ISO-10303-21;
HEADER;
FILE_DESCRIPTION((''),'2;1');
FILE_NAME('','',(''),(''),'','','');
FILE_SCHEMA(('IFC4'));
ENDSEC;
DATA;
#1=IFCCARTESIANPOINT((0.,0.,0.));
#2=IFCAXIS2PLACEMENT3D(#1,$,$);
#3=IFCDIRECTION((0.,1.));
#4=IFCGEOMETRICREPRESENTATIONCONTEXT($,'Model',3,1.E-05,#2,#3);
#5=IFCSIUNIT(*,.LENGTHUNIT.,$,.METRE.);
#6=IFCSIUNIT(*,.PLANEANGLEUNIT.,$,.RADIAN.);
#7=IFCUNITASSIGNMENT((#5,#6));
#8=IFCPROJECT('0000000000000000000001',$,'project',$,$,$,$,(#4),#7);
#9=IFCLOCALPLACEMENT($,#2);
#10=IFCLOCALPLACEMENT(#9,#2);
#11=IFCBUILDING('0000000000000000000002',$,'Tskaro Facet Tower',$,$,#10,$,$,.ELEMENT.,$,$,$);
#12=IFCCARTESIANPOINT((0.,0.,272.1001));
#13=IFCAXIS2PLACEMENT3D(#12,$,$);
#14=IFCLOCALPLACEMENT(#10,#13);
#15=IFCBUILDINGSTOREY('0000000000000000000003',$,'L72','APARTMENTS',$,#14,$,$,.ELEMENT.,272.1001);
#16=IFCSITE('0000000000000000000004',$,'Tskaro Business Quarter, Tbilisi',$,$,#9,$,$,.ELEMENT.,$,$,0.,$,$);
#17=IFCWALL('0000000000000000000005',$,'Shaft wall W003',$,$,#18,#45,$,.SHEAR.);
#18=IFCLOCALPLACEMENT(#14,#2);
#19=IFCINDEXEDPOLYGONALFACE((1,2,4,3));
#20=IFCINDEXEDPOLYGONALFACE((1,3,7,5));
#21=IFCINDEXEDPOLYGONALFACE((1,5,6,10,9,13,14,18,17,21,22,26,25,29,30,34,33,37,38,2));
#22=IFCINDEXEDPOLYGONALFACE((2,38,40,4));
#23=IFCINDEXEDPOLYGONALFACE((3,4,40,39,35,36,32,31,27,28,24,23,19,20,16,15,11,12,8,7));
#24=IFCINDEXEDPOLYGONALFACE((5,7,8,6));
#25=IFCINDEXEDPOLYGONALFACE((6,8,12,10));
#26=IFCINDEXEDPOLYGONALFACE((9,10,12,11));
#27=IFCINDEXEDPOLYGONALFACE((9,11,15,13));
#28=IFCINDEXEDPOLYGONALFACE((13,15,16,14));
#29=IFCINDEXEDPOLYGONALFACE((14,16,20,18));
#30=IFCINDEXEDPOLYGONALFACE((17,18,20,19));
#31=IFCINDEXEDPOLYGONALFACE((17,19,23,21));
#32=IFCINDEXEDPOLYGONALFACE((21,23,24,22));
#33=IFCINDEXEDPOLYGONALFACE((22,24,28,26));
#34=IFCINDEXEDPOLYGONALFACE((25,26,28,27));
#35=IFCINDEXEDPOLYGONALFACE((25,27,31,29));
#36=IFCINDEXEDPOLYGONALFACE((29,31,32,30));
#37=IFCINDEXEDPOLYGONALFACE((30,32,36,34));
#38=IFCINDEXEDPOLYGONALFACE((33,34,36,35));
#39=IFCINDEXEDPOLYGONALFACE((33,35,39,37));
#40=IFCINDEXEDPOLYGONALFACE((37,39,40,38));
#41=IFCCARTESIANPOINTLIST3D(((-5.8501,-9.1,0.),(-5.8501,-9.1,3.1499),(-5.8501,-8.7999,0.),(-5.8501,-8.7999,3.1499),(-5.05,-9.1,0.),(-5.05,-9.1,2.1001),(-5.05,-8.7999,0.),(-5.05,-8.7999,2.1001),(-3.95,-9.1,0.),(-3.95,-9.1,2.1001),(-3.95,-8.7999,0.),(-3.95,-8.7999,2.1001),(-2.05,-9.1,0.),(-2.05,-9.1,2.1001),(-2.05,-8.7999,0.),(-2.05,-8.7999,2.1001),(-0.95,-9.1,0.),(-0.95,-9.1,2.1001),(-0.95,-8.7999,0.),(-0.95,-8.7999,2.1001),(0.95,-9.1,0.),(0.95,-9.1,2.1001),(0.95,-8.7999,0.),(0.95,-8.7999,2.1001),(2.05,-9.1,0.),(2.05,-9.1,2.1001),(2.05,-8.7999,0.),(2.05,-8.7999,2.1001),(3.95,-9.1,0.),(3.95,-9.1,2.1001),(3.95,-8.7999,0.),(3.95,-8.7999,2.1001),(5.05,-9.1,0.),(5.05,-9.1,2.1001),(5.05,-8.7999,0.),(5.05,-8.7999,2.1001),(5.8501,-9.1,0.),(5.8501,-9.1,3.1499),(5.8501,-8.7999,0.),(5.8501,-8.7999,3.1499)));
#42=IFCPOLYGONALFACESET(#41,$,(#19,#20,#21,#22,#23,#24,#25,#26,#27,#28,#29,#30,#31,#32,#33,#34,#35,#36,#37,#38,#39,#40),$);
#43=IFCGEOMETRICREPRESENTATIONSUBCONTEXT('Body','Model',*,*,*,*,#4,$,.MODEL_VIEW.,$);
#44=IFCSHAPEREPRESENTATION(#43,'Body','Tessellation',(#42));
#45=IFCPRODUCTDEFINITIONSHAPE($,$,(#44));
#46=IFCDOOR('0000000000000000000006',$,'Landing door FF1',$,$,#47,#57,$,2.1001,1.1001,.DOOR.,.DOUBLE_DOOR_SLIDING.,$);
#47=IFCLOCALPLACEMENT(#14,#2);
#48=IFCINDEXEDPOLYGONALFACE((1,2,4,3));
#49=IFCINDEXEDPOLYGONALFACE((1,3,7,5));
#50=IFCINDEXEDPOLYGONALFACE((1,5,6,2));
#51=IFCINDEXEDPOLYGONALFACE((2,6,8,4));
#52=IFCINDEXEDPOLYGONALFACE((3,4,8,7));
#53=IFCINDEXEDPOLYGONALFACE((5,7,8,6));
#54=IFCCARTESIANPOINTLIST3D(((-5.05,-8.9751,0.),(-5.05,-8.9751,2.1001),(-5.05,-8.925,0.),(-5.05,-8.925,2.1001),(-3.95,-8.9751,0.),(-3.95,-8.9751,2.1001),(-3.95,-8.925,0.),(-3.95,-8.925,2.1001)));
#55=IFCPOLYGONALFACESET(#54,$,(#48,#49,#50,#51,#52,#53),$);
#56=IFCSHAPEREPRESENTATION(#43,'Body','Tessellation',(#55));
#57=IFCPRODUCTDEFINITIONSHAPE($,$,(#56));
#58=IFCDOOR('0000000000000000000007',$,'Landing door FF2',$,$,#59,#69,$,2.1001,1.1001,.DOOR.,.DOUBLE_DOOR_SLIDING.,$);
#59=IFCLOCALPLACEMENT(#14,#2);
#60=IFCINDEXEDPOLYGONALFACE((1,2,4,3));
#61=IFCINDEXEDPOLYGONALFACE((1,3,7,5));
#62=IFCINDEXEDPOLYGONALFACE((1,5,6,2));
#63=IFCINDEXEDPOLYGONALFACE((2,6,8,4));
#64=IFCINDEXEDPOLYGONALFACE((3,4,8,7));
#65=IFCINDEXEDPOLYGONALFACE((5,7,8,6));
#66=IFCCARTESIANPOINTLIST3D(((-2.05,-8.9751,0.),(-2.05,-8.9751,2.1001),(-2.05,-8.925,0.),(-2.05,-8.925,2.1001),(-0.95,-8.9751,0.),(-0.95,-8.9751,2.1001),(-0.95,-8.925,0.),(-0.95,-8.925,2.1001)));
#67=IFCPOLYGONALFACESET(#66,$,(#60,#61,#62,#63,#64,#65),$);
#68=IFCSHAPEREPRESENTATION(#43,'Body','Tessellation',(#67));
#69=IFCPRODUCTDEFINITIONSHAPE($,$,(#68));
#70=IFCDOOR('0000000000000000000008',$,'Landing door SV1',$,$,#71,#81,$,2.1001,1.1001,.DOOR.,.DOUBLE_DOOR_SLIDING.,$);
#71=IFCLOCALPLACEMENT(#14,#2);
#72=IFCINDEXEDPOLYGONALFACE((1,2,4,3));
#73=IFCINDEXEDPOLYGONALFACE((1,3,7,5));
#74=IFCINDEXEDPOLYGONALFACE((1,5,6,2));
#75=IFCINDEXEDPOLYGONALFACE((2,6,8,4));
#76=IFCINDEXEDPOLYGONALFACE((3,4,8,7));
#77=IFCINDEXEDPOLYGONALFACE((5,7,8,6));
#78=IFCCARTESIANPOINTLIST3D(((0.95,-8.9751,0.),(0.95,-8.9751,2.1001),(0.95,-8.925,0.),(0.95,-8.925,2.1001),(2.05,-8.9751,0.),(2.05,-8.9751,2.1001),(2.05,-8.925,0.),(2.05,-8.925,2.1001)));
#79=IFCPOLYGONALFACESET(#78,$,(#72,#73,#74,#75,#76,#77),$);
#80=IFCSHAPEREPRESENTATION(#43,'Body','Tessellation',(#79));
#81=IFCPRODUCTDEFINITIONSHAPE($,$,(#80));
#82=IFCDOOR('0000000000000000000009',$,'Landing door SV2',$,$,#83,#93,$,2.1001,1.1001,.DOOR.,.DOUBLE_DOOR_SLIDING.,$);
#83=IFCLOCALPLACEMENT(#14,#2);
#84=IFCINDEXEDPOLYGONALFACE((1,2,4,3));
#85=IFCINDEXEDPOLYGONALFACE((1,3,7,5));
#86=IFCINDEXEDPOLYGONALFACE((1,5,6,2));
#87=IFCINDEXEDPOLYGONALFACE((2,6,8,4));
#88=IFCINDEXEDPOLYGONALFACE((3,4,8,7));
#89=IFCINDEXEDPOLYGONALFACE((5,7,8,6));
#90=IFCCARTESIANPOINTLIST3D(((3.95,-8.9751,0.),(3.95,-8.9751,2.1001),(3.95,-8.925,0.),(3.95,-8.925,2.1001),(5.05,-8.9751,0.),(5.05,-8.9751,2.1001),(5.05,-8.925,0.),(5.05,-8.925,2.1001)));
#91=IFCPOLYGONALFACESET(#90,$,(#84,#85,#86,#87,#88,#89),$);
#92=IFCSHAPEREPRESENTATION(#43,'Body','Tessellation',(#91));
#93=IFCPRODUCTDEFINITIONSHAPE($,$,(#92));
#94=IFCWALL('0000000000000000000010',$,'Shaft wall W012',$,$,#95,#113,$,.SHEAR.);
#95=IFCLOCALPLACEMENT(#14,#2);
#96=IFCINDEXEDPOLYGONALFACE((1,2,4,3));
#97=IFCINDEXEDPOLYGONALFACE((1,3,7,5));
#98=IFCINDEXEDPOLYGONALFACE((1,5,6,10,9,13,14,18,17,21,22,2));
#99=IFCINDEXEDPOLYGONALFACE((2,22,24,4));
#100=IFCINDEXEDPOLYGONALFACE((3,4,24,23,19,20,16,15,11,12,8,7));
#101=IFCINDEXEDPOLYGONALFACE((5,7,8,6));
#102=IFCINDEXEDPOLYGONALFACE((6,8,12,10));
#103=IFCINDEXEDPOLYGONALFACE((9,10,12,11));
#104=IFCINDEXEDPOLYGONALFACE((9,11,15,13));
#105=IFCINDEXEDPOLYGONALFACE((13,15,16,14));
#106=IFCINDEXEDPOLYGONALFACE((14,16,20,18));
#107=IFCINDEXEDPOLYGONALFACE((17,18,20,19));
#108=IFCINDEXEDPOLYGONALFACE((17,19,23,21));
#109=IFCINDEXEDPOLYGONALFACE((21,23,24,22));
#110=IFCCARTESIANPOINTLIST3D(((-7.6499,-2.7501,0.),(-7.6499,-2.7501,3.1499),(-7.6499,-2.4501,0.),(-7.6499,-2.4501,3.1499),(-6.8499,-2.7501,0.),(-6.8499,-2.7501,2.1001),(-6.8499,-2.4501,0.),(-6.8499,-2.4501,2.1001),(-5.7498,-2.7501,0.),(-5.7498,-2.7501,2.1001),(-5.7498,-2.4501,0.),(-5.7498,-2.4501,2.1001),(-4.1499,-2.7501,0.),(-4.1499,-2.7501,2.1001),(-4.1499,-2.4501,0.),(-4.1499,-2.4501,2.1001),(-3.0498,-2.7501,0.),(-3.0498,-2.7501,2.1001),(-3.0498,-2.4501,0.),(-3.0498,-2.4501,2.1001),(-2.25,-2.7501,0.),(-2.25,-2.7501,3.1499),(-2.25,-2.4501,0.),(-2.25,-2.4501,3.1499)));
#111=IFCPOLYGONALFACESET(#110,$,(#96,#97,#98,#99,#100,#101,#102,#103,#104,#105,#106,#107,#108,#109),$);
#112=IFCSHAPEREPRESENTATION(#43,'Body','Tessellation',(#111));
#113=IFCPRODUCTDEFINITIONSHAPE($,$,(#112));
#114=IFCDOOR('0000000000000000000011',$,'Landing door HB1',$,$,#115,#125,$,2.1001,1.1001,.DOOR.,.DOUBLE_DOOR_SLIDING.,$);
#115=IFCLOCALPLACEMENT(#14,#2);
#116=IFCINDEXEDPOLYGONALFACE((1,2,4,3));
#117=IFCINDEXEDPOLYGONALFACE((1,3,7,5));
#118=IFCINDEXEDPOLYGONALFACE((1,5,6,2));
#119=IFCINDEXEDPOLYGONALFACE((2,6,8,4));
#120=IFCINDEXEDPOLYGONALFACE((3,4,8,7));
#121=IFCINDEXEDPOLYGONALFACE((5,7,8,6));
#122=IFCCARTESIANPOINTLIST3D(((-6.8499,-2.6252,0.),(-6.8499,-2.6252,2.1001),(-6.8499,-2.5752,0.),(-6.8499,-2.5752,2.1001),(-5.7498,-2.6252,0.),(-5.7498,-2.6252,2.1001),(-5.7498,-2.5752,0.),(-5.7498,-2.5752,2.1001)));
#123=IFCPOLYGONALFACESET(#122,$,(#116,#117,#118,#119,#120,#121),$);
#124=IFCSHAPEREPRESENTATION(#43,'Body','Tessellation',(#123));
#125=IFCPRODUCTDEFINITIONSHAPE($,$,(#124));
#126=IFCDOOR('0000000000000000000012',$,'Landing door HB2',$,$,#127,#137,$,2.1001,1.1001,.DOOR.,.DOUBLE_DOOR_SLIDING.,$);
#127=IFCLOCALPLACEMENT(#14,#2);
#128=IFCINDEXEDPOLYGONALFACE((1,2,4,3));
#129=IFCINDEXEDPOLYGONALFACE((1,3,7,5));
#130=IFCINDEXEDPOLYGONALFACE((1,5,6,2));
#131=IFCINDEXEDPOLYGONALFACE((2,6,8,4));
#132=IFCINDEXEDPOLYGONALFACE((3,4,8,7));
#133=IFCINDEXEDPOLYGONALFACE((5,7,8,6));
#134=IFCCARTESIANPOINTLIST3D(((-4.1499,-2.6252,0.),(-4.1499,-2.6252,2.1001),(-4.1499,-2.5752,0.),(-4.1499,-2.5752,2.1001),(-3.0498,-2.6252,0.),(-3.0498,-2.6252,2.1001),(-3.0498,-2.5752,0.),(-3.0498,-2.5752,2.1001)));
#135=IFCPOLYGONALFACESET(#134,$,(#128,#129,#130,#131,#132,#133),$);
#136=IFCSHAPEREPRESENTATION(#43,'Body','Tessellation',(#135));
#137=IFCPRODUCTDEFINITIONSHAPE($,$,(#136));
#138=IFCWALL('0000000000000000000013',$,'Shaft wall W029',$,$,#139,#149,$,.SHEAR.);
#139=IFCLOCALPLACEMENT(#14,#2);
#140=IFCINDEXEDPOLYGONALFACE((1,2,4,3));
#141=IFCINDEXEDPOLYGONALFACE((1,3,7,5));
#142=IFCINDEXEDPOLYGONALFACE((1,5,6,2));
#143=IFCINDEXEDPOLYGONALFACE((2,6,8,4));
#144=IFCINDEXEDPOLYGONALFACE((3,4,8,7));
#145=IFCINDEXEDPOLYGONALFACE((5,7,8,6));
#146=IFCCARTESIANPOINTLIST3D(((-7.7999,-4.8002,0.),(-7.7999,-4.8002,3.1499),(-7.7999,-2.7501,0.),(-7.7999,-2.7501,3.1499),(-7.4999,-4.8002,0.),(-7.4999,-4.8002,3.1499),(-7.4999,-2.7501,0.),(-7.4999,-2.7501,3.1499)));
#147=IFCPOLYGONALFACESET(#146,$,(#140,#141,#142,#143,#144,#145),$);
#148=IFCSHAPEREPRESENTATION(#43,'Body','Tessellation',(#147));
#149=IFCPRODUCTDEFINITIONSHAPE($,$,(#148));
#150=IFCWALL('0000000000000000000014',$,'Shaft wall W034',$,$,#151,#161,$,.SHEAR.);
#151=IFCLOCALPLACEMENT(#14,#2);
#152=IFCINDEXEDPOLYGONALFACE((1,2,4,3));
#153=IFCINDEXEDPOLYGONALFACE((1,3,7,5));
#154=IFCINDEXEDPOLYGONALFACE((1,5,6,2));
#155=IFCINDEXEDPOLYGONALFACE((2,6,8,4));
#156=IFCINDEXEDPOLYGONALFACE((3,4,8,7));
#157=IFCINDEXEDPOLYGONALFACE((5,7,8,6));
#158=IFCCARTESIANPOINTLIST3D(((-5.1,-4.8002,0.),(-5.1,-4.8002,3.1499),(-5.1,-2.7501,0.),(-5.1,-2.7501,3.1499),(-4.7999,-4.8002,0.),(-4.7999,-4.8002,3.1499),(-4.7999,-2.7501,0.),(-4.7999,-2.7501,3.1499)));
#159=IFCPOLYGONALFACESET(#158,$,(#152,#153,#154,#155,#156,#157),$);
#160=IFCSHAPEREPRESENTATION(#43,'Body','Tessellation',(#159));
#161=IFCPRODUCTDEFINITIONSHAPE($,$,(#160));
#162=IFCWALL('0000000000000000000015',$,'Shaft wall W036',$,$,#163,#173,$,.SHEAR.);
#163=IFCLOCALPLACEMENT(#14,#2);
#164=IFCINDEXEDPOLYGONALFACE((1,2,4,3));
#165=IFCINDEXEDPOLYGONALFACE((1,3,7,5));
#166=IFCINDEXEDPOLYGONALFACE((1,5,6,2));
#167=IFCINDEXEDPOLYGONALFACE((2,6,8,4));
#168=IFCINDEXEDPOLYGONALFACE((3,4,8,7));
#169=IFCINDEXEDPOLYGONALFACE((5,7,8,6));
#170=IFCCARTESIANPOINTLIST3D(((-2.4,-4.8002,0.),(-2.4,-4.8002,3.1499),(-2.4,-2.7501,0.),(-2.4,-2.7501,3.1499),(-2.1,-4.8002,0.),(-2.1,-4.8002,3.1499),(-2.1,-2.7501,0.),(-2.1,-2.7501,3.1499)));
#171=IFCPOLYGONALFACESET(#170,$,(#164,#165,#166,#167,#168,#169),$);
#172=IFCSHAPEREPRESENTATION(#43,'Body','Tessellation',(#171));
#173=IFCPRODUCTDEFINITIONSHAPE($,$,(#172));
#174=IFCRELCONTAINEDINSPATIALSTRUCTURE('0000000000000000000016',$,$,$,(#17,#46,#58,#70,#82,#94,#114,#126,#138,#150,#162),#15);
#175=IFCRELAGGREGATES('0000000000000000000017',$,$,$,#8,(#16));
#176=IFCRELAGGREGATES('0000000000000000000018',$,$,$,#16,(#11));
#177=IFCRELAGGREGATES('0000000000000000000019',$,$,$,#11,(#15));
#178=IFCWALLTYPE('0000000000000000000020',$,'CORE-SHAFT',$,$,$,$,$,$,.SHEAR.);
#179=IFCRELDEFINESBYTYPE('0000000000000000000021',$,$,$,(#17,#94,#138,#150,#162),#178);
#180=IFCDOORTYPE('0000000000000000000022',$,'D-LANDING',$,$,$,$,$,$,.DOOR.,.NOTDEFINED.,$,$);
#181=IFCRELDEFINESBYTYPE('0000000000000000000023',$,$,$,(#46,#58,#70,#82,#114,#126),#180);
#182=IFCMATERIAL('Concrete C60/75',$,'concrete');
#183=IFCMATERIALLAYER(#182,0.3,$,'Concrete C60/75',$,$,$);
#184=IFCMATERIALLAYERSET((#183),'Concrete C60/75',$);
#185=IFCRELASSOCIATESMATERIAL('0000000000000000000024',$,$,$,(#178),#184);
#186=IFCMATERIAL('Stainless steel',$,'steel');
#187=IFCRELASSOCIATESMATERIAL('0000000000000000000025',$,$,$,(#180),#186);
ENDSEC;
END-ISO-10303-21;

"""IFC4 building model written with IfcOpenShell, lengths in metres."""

from ifc_helpers import new_model, si_unit, direction, frame, frame_2d, origin, place, context, subcontext, project, spatial, rectangle, extrude, material, layer, layer_set, type_object, element, fill, save


model = new_model("IFC4")

# Units and contexts
model_context = context("Model", 3, precision=1e-05, world=origin(), true_north=direction((0.0, 1.0)))
body_context = subcontext(model_context, "Body", "Model", "MODEL_VIEW")
ifc_project = project(units=[si_unit("LENGTHUNIT", "METRE"), si_unit("PLANEANGLEUNIT", "RADIAN")], contexts=[model_context])

# Site, building, storey
site_placement = place(None, origin())
site = spatial("IfcSite", under=ifc_project, at=site_placement, Name="Tskaro Business Quarter, Tbilisi", CompositionType="ELEMENT", RefElevation=0.0)
building_placement = place(site_placement, origin())
building = spatial("IfcBuilding", under=site, at=building_placement, Name="Tskaro Facet Tower", CompositionType="ELEMENT")
storey_placement = place(building_placement, frame((0.0, 0.0, 272.1001)))
storey = spatial("IfcBuildingStorey", under=building, at=storey_placement, Name="L72", Description="APARTMENTS", CompositionType="ELEMENT", Elevation=272.1001)

# Walls, openings, doors
ifc_material_1 = material(Name="Concrete C60/75", Category="concrete")
ifc_layer_1 = layer(ifc_material_1, 0.3, Name="Concrete C60/75")
ifc_layer_set_1 = layer_set([ifc_layer_1], Name="Concrete C60/75")
wall_type_1 = type_object("IfcWallType", Name="CORE-SHAFT", PredefinedType="SHEAR", material=ifc_layer_set_1)
wall_1_placement = place(storey_placement, frame((-5.8501, -8.95, 0.0), z_axis=(0.0, 0.0, 1.0), x_axis=(1.0, 0.0, 0.0)))
wall_1 = element("IfcWall", 1, at=wall_1_placement, inside=storey, type_object=wall_type_1, Name="Shaft wall W003", PredefinedType="SHEAR", context=body_context, shape_type="SweptSolid", body=[
    extrude(rectangle(XDim=11.7002, YDim=0.3, at=frame_2d((5.8501, 0.0))), origin(), (0.0, 0.0, 1.0), 3.1499),
])
opening_1_placement = place(wall_1_placement, frame((0.8, 0.0, 0.0)))
opening_1 = element("IfcOpeningElement", 2, at=opening_1_placement, cuts=wall_1, PredefinedType="OPENING", context=body_context, shape_type="SweptSolid", body=[
    extrude(rectangle(XDim=1.1001, YDim=2.1001, at=frame_2d((0.55, 1.05))), frame((0.0, 0.1599, 0.0), z_axis=(0.0, -1.0, 0.0), x_axis=(1.0, 0.0, 0.0)), (0.0, 0.0, 1.0), 0.3201),
])
opening_2_placement = place(wall_1_placement, frame((3.8, 0.0, 0.0)))
opening_2 = element("IfcOpeningElement", 3, at=opening_2_placement, cuts=wall_1, PredefinedType="OPENING", context=body_context, shape_type="SweptSolid", body=[
    extrude(rectangle(XDim=1.1001, YDim=2.1001, at=frame_2d((0.55, 1.05))), frame((0.0, 0.1599, 0.0), z_axis=(0.0, -1.0, 0.0), x_axis=(1.0, 0.0, 0.0)), (0.0, 0.0, 1.0), 0.3201),
])
opening_3_placement = place(wall_1_placement, frame((6.8, 0.0, 0.0)))
opening_3 = element("IfcOpeningElement", 4, at=opening_3_placement, cuts=wall_1, PredefinedType="OPENING", context=body_context, shape_type="SweptSolid", body=[
    extrude(rectangle(XDim=1.1001, YDim=2.1001, at=frame_2d((0.55, 1.05))), frame((0.0, 0.1599, 0.0), z_axis=(0.0, -1.0, 0.0), x_axis=(1.0, 0.0, 0.0)), (0.0, 0.0, 1.0), 0.3201),
])
opening_4_placement = place(wall_1_placement, frame((9.8, 0.0, 0.0)))
opening_4 = element("IfcOpeningElement", 5, at=opening_4_placement, cuts=wall_1, PredefinedType="OPENING", context=body_context, shape_type="SweptSolid", body=[
    extrude(rectangle(XDim=1.1001, YDim=2.1001, at=frame_2d((0.55, 1.05))), frame((0.0, 0.1599, 0.0), z_axis=(0.0, -1.0, 0.0), x_axis=(1.0, 0.0, 0.0)), (0.0, 0.0, 1.0), 0.3201),
])
ifc_material_2 = material(Name="Stainless steel", Category="steel")
door_type_1 = type_object("IfcDoorType", Name="D-LANDING", OperationType="NOTDEFINED", PredefinedType="DOOR", material=ifc_material_2)
door_1_placement = place(opening_1_placement, origin())
door_1 = element("IfcDoor", 6, at=door_1_placement, inside=storey, type_object=door_type_1, Name="Landing door FF1", OperationType="DOUBLE_DOOR_SLIDING", OverallHeight=2.1001, OverallWidth=1.1001, PredefinedType="DOOR", context=body_context, shape_type="SweptSolid", body=[
    extrude(rectangle(XDim=1.1001, YDim=2.1001, at=frame_2d((0.55, 1.05))), frame((0.0, 0.0249, 0.0), z_axis=(0.0, -1.0, 0.0), x_axis=(1.0, 0.0, 0.0)), (0.0, 0.0, 1.0), 0.05),
])
fill(opening_1, door_1)
door_2_placement = place(opening_2_placement, origin())
door_2 = element("IfcDoor", 7, at=door_2_placement, inside=storey, type_object=door_type_1, Name="Landing door FF2", OperationType="DOUBLE_DOOR_SLIDING", OverallHeight=2.1001, OverallWidth=1.1001, PredefinedType="DOOR", context=body_context, shape_type="SweptSolid", body=[
    extrude(rectangle(XDim=1.1001, YDim=2.1001, at=frame_2d((0.55, 1.05))), frame((0.0, 0.0249, 0.0), z_axis=(0.0, -1.0, 0.0), x_axis=(1.0, 0.0, 0.0)), (0.0, 0.0, 1.0), 0.05),
])
fill(opening_2, door_2)
door_3_placement = place(opening_3_placement, origin())
door_3 = element("IfcDoor", 8, at=door_3_placement, inside=storey, type_object=door_type_1, Name="Landing door SV1", OperationType="DOUBLE_DOOR_SLIDING", OverallHeight=2.1001, OverallWidth=1.1001, PredefinedType="DOOR", context=body_context, shape_type="SweptSolid", body=[
    extrude(rectangle(XDim=1.1001, YDim=2.1001, at=frame_2d((0.55, 1.05))), frame((0.0, 0.0249, 0.0), z_axis=(0.0, -1.0, 0.0), x_axis=(1.0, 0.0, 0.0)), (0.0, 0.0, 1.0), 0.05),
])
fill(opening_3, door_3)
door_4_placement = place(opening_4_placement, origin())
door_4 = element("IfcDoor", 9, at=door_4_placement, inside=storey, type_object=door_type_1, Name="Landing door SV2", OperationType="DOUBLE_DOOR_SLIDING", OverallHeight=2.1001, OverallWidth=1.1001, PredefinedType="DOOR", context=body_context, shape_type="SweptSolid", body=[
    extrude(rectangle(XDim=1.1001, YDim=2.1001, at=frame_2d((0.55, 1.05))), frame((0.0, 0.0249, 0.0), z_axis=(0.0, -1.0, 0.0), x_axis=(1.0, 0.0, 0.0)), (0.0, 0.0, 1.0), 0.05),
])
fill(opening_4, door_4)
wall_2_placement = place(storey_placement, frame((-7.6499, -2.6001, 0.0), z_axis=(0.0, 0.0, 1.0), x_axis=(1.0, 0.0, 0.0)))
wall_2 = element("IfcWall", 10, at=wall_2_placement, inside=storey, type_object=wall_type_1, Name="Shaft wall W012", PredefinedType="SHEAR", context=body_context, shape_type="SweptSolid", body=[
    extrude(rectangle(XDim=5.3999, YDim=0.3, at=frame_2d((2.7, 0.0))), origin(), (0.0, 0.0, 1.0), 3.1499),
])
opening_5_placement = place(wall_2_placement, frame((0.8, 0.0, 0.0)))
opening_5 = element("IfcOpeningElement", 11, at=opening_5_placement, cuts=wall_2, PredefinedType="OPENING", context=body_context, shape_type="SweptSolid", body=[
    extrude(rectangle(XDim=1.1001, YDim=2.1001, at=frame_2d((0.55, 1.05))), frame((0.0, 0.1599, 0.0), z_axis=(0.0, -1.0, 0.0), x_axis=(1.0, 0.0, 0.0)), (0.0, 0.0, 1.0), 0.3201),
])
opening_6_placement = place(wall_2_placement, frame((3.5, 0.0, 0.0)))
opening_6 = element("IfcOpeningElement", 12, at=opening_6_placement, cuts=wall_2, PredefinedType="OPENING", context=body_context, shape_type="SweptSolid", body=[
    extrude(rectangle(XDim=1.1001, YDim=2.1001, at=frame_2d((0.55, 1.05))), frame((0.0, 0.1599, 0.0), z_axis=(0.0, -1.0, 0.0), x_axis=(1.0, 0.0, 0.0)), (0.0, 0.0, 1.0), 0.3201),
])
door_5_placement = place(opening_5_placement, origin())
door_5 = element("IfcDoor", 13, at=door_5_placement, inside=storey, type_object=door_type_1, Name="Landing door HB1", OperationType="DOUBLE_DOOR_SLIDING", OverallHeight=2.1001, OverallWidth=1.1001, PredefinedType="DOOR", context=body_context, shape_type="SweptSolid", body=[
    extrude(rectangle(XDim=1.1001, YDim=2.1001, at=frame_2d((0.55, 1.05))), frame((0.0, 0.0249, 0.0), z_axis=(0.0, -1.0, 0.0), x_axis=(1.0, 0.0, 0.0)), (0.0, 0.0, 1.0), 0.05),
])
fill(opening_5, door_5)
door_6_placement = place(opening_6_placement, origin())
door_6 = element("IfcDoor", 14, at=door_6_placement, inside=storey, type_object=door_type_1, Name="Landing door HB2", OperationType="DOUBLE_DOOR_SLIDING", OverallHeight=2.1001, OverallWidth=1.1001, PredefinedType="DOOR", context=body_context, shape_type="SweptSolid", body=[
    extrude(rectangle(XDim=1.1001, YDim=2.1001, at=frame_2d((0.55, 1.05))), frame((0.0, 0.0249, 0.0), z_axis=(0.0, -1.0, 0.0), x_axis=(1.0, 0.0, 0.0)), (0.0, 0.0, 1.0), 0.05),
])
fill(opening_6, door_6)

# Walls
for number, where, z_axis, x_axis, name in (
    (15, (-7.6499, -4.8, 0.0), (0.0, 0.0, 1.0), (0.0, 1.0, 0.0), "Shaft wall W029"),
    (16, (-4.95, -4.8, 0.0), (0.0, 0.0, 1.0), (0.0, 1.0, 0.0), "Shaft wall W034"),
    (17, (-2.25, -4.8, 0.0), (0.0, 0.0, 1.0), (0.0, 1.0, 0.0), "Shaft wall W036"),
):
    element("IfcWall", number, at=place(storey_placement, frame(where, z_axis=z_axis, x_axis=x_axis)), inside=storey, type_object=wall_type_1, Name=name, PredefinedType="SHEAR", context=body_context, shape_type="SweptSolid", body=[
        extrude(rectangle(XDim=2.05, YDim=0.3, at=frame_2d((1.0249, 0.0))), origin(), (0.0, 0.0, 1.0), 3.1499),
    ])

save(model, "model.ifc")
